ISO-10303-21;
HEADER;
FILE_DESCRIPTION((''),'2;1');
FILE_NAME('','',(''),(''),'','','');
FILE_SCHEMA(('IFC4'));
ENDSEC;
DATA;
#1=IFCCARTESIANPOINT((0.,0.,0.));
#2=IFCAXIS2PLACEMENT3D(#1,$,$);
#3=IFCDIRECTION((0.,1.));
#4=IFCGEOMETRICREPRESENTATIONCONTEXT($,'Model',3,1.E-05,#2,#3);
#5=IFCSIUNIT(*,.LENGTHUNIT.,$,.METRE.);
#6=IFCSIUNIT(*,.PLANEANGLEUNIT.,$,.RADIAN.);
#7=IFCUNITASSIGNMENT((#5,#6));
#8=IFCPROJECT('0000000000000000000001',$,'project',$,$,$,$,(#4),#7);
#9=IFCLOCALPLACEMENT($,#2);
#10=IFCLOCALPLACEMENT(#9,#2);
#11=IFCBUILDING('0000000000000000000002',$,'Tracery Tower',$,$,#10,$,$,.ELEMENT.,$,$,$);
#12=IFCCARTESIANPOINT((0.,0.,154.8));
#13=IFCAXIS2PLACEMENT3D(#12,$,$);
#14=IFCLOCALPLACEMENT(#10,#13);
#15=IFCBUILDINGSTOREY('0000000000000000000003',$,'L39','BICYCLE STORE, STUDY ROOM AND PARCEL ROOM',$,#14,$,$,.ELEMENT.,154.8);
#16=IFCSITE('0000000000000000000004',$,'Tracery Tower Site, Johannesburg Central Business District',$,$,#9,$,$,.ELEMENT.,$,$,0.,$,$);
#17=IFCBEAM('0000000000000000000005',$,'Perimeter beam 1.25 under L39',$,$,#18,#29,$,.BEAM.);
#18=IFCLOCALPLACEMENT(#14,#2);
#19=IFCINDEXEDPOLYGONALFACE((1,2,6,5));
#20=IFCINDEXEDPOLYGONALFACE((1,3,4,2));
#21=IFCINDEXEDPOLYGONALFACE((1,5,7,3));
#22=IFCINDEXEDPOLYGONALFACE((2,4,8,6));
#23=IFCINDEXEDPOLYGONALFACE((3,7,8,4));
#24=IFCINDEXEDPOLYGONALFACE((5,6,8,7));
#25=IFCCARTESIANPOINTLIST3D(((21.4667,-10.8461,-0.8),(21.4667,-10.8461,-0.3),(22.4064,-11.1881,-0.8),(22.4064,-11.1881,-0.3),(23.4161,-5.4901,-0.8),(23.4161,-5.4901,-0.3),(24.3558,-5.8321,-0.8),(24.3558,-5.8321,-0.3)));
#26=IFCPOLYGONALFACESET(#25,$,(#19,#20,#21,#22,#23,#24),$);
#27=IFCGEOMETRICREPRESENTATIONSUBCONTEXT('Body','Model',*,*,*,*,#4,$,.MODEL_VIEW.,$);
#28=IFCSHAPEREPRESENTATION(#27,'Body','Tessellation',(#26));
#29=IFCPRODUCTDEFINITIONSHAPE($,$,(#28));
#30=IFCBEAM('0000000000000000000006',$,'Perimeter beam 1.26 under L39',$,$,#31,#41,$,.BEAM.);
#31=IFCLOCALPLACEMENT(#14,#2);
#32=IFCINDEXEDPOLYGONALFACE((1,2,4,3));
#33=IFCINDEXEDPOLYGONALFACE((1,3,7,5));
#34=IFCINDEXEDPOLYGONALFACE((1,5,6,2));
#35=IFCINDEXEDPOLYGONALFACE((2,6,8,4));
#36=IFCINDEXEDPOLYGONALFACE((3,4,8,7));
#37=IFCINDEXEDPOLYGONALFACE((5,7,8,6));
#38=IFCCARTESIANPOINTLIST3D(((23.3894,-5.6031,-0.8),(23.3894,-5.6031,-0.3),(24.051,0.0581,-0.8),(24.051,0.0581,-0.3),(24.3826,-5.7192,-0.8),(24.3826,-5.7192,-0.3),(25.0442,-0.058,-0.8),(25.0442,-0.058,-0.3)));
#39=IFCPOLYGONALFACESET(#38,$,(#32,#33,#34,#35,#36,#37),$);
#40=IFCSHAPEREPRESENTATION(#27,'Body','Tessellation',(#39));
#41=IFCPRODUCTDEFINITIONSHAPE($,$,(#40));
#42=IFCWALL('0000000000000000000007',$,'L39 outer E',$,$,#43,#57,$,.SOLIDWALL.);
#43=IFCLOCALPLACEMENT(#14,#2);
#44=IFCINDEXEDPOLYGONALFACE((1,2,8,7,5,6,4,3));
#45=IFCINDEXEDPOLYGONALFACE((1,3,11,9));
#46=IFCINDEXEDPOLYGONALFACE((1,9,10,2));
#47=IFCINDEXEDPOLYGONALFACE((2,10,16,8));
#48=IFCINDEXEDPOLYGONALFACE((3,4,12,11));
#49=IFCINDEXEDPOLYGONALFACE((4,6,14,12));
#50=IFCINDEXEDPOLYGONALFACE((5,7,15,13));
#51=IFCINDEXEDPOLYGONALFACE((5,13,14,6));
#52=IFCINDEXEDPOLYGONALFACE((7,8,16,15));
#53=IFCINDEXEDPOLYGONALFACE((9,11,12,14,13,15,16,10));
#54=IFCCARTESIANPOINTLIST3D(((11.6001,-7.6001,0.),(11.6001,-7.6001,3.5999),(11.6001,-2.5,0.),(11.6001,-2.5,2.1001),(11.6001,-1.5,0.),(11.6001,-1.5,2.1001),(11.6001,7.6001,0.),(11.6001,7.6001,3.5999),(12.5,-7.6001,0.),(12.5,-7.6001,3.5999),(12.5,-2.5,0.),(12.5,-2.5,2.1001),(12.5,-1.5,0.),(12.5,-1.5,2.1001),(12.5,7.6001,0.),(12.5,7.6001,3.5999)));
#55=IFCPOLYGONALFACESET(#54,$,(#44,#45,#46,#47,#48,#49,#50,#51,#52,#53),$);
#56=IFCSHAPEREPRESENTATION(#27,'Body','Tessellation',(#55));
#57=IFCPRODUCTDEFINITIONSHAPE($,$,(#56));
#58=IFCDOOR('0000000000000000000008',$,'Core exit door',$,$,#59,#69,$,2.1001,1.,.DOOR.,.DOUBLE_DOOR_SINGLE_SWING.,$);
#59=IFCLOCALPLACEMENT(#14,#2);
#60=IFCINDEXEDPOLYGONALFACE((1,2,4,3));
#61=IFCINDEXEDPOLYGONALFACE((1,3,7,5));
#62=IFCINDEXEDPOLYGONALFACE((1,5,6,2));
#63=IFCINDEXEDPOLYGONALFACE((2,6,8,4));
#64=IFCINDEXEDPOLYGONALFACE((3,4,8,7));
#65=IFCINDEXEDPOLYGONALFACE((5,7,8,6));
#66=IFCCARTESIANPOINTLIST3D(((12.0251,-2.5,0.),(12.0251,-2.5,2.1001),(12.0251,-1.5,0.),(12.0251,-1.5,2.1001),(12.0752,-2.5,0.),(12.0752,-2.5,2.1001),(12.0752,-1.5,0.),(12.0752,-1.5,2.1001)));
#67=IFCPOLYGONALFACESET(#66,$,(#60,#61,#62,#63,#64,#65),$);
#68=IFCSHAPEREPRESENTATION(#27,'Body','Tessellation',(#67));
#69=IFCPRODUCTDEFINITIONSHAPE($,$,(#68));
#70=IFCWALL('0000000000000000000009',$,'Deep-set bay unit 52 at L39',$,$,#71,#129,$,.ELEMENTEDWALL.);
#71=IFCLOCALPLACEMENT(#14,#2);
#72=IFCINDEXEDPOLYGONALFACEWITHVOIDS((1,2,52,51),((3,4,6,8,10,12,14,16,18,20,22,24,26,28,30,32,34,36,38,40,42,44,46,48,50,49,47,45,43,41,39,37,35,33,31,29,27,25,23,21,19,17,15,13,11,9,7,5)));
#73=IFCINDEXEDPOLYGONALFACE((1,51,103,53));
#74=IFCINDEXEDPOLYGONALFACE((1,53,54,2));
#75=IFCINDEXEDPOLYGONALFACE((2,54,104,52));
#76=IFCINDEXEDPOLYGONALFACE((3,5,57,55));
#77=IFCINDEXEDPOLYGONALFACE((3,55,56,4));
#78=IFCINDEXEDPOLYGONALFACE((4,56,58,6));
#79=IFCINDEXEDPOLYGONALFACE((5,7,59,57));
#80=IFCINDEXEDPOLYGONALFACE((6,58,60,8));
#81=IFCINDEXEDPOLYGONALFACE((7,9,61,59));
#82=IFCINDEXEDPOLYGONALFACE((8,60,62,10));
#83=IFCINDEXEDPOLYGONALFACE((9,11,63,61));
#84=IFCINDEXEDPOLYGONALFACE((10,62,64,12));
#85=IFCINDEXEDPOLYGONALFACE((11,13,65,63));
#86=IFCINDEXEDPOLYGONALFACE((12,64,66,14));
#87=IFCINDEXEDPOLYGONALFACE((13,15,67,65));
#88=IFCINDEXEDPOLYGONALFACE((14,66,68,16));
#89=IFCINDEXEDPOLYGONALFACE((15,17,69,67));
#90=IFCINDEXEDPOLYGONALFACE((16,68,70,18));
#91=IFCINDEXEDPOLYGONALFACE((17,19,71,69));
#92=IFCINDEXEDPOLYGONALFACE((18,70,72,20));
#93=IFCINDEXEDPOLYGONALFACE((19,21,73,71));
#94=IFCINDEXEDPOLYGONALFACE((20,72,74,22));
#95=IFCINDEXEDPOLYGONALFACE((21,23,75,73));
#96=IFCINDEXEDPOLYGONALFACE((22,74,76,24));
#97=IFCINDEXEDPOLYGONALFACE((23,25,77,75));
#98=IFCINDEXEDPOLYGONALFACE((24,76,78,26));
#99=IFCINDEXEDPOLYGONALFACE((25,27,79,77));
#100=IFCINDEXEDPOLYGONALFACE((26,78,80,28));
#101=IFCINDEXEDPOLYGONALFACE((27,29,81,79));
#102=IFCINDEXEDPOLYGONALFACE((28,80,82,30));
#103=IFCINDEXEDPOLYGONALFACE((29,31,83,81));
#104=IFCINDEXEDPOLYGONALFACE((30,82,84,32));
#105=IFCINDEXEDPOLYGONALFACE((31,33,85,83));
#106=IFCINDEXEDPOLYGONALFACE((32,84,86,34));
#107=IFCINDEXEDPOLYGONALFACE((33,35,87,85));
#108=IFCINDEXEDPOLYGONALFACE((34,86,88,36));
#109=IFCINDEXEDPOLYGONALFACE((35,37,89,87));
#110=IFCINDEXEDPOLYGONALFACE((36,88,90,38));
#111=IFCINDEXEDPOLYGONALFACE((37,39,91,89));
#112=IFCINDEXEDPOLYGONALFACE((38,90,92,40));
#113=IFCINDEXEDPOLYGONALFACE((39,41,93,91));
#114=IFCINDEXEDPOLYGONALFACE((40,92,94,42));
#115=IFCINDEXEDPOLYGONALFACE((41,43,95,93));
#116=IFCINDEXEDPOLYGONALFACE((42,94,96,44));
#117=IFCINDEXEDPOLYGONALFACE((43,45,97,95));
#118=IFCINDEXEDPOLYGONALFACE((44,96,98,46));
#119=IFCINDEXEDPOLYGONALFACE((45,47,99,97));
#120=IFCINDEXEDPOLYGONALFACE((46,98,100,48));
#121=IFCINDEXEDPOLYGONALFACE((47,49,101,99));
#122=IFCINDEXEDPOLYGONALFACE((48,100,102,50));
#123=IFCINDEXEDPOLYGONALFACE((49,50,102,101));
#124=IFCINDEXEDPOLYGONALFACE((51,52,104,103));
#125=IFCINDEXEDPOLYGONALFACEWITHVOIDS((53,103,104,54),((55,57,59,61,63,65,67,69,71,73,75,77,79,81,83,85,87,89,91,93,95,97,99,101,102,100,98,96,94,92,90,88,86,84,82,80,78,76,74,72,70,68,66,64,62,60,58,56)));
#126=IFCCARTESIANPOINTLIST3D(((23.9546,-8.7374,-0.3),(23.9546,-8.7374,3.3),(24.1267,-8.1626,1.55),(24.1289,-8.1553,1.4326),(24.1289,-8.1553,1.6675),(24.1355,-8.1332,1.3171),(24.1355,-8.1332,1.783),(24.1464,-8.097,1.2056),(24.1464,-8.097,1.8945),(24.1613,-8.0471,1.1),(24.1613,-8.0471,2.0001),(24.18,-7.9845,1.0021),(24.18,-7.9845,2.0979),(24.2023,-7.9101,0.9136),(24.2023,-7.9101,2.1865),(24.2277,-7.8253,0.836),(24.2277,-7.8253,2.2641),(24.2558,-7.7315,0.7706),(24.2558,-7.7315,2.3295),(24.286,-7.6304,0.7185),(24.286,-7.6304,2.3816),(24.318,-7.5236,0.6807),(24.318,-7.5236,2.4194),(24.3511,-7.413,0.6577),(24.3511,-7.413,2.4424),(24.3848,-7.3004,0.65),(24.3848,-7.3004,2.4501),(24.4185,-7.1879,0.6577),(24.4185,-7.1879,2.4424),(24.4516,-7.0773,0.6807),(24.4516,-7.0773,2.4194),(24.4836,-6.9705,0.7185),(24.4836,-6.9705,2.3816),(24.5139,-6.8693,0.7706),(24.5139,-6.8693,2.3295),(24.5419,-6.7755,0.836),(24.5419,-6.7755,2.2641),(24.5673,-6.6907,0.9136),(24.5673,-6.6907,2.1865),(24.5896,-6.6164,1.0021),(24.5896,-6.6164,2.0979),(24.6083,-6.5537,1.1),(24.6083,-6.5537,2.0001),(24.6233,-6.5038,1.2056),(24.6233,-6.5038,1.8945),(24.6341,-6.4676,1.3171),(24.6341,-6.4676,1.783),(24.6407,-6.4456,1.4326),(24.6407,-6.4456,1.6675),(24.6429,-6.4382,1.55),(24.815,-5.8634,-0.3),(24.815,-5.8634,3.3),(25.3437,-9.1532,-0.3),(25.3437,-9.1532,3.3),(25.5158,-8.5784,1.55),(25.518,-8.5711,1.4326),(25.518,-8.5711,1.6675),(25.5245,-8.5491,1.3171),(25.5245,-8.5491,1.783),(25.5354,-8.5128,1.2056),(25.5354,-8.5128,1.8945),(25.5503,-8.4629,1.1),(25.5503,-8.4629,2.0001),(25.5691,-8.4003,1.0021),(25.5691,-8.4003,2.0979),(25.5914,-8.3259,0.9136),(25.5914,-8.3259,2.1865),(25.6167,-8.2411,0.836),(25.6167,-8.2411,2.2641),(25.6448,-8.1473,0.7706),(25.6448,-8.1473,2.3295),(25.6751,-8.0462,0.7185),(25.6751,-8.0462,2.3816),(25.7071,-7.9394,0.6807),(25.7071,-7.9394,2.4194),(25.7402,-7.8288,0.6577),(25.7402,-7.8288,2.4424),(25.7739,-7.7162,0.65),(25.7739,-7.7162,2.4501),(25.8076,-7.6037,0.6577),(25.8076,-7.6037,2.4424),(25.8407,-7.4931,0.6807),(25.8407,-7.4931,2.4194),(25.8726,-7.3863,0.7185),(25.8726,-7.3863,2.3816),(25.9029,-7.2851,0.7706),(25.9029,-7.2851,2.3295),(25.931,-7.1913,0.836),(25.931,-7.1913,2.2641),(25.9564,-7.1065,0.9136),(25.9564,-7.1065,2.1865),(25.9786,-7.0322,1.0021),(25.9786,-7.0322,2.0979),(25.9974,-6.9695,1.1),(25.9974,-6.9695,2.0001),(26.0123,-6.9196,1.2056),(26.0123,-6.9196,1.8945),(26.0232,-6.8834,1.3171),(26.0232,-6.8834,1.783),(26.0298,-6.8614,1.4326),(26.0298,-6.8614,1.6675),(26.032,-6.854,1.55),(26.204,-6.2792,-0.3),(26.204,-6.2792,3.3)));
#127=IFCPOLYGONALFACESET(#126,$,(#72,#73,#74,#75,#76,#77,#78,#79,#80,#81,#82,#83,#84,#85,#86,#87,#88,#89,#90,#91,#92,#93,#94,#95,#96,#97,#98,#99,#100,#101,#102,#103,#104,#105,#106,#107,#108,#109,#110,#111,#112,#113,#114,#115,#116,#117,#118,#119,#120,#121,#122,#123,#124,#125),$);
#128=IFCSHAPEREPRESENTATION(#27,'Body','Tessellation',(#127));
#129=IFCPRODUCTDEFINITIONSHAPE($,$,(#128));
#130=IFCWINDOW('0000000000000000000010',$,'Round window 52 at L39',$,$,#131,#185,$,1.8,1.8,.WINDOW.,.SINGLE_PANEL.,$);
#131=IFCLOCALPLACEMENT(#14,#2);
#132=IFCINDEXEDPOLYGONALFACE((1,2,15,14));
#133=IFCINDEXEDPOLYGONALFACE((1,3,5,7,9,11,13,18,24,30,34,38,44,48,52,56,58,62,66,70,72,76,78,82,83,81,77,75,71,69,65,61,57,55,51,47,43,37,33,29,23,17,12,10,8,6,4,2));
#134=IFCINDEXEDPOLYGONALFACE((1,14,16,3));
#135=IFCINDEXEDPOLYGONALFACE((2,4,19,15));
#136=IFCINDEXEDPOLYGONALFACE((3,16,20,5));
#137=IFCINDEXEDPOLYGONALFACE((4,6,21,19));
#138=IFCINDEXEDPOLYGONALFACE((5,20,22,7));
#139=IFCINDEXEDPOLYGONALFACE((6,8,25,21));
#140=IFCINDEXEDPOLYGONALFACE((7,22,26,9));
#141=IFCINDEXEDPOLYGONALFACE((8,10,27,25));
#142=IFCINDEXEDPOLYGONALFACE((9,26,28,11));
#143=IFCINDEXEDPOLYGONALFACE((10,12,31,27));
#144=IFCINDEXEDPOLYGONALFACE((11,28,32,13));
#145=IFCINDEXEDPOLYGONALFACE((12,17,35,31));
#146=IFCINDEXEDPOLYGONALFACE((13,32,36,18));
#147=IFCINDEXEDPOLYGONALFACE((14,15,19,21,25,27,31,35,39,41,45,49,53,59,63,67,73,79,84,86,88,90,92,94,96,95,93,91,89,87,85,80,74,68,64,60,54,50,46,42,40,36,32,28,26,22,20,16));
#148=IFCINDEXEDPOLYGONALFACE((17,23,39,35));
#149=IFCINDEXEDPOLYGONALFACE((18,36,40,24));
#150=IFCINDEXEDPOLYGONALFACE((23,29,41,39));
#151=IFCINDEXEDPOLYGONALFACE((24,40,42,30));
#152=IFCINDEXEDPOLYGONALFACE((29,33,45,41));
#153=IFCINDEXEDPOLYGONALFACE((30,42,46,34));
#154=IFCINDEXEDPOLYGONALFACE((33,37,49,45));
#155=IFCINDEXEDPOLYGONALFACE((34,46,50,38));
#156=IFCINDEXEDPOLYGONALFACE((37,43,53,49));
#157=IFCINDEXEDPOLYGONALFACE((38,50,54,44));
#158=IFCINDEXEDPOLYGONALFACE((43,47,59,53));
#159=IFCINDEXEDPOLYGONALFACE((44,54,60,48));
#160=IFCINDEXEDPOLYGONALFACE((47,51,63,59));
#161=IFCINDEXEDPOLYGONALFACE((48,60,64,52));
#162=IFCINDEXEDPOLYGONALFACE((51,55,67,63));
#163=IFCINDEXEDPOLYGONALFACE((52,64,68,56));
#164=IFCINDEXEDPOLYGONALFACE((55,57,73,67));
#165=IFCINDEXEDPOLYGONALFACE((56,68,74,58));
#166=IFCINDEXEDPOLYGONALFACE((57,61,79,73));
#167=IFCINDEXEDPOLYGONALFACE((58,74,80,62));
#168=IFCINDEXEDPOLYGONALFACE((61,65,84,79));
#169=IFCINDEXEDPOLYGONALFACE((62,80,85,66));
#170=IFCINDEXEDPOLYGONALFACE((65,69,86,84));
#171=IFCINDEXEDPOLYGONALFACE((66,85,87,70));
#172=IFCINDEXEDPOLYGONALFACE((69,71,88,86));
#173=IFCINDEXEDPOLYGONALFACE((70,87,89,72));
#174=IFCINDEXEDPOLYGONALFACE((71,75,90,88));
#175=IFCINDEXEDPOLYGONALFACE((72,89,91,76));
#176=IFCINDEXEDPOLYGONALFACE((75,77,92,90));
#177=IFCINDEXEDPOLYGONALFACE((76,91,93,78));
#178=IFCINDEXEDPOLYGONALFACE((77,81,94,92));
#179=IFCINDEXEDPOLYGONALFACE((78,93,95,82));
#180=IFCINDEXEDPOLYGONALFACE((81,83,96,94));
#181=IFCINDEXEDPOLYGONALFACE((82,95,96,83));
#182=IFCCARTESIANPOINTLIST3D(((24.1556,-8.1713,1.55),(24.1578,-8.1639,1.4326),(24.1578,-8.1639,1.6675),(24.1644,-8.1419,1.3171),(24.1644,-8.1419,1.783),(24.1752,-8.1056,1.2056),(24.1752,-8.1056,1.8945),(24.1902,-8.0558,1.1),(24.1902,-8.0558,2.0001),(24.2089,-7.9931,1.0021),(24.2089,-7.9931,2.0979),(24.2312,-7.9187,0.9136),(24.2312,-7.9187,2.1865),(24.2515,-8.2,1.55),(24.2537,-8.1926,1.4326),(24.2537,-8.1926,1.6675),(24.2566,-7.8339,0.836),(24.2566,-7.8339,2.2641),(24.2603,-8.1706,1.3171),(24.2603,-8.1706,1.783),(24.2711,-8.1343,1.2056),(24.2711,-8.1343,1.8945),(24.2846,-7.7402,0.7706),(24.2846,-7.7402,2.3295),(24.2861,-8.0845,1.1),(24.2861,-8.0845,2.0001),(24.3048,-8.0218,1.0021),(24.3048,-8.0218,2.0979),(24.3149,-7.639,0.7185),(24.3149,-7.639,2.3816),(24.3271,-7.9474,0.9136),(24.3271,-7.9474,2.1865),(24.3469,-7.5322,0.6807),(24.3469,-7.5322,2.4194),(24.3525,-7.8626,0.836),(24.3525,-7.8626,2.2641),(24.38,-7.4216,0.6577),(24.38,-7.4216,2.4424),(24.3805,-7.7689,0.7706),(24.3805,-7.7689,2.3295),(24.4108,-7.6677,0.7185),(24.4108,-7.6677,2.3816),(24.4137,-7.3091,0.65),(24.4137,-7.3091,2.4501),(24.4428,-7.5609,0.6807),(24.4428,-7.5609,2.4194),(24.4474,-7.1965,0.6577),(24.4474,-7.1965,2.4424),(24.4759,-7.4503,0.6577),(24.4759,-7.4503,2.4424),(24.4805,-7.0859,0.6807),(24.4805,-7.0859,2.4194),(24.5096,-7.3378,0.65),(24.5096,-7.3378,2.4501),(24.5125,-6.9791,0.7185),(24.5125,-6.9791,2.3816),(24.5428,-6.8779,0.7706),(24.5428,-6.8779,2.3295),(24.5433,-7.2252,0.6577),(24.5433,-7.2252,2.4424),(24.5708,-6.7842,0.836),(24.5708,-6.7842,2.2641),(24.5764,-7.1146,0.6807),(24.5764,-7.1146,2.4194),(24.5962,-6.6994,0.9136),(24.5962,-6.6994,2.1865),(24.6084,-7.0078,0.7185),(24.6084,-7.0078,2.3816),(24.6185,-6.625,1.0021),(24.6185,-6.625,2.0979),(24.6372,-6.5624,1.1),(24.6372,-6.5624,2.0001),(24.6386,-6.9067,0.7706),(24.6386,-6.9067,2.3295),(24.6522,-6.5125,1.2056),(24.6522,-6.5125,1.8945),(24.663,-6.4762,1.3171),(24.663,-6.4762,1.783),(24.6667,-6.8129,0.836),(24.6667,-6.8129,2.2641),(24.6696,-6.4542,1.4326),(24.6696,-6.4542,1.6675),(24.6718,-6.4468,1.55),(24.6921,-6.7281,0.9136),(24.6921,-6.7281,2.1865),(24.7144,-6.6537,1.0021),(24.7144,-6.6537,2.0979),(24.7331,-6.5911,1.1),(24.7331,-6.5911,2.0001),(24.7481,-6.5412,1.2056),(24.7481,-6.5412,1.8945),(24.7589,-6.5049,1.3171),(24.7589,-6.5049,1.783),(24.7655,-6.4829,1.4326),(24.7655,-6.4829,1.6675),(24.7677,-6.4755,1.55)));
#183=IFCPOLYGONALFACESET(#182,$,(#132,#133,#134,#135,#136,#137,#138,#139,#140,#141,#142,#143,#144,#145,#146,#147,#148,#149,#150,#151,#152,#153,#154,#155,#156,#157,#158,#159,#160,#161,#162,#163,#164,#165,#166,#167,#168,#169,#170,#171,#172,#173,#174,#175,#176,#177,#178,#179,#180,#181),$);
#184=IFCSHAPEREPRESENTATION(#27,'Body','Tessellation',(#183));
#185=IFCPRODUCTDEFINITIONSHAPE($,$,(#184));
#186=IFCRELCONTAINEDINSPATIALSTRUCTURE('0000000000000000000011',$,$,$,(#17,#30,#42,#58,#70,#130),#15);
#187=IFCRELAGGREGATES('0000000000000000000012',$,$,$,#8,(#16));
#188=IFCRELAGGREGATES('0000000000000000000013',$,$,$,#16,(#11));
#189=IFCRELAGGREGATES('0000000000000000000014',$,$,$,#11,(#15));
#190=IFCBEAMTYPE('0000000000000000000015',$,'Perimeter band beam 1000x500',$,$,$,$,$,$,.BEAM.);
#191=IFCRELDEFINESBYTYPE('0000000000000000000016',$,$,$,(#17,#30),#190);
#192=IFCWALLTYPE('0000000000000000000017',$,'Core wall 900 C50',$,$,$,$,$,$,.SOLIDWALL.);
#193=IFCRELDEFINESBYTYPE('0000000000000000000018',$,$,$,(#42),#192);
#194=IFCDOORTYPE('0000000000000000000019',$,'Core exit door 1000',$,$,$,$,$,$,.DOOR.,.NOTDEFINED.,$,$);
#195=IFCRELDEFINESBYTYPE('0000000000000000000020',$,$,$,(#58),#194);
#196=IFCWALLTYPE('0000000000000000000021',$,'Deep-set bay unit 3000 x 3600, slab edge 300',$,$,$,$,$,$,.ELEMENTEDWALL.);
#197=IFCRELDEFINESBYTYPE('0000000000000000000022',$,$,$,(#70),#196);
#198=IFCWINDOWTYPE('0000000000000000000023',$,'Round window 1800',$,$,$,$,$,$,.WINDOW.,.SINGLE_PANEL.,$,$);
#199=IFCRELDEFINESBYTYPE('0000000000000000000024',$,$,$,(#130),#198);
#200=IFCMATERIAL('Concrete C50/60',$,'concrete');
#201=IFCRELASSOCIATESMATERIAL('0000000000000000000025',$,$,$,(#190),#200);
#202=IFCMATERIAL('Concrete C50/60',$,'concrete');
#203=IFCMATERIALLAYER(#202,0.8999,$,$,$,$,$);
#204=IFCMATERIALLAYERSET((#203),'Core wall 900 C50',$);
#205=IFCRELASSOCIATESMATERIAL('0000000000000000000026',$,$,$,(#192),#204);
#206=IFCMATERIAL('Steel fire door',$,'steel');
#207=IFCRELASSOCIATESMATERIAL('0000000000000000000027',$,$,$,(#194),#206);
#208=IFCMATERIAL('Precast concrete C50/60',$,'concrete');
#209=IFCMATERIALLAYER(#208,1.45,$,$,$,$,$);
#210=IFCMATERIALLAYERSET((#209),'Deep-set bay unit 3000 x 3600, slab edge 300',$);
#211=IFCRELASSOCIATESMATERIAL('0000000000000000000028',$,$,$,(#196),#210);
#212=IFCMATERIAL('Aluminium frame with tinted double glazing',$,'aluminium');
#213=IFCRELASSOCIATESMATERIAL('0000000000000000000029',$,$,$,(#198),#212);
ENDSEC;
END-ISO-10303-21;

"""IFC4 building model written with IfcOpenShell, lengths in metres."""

from ifc_helpers import new_model, si_unit, direction, frame, frame_2d, origin, origin_2d, place, context, subcontext, project, spatial, rectangle, circle, extrude, material, layer, layer_set, material_profile, profile_set, type_object, element, fill, save


model = new_model("IFC4")

# Units and contexts
model_context = context("Model", 3, precision=1e-05, world=origin(), true_north=direction((0.0, 1.0)))
body_context = subcontext(model_context, "Body", "Model", "MODEL_VIEW")
ifc_project = project(units=[si_unit("LENGTHUNIT", "METRE"), si_unit("PLANEANGLEUNIT", "RADIAN")], contexts=[model_context])

# Site, building, storey
site_placement = place(None, origin())
site = spatial("IfcSite", under=ifc_project, at=site_placement, Name="Tracery Tower Site, Johannesburg Central Business District", CompositionType="ELEMENT", RefElevation=0.0)
building_placement = place(site_placement, origin())
building = spatial("IfcBuilding", under=site, at=building_placement, Name="Tracery Tower", CompositionType="ELEMENT")
storey_placement = place(building_placement, frame((0.0, 0.0, 154.8)))
storey = spatial("IfcBuildingStorey", under=building, at=storey_placement, Name="L39", Description="BICYCLE STORE, STUDY ROOM AND PARCEL ROOM", CompositionType="ELEMENT", Elevation=154.8)

# Beams
ifc_material_1 = material(Name="Concrete C50/60", Category="concrete")
ifc_material_profile_1 = material_profile(ifc_material_1, rectangle(XDim=1.0, YDim=0.5, at=origin_2d()), Name="RC 1000x500")
ifc_profile_set_1 = profile_set([ifc_material_profile_1], Name="Concrete C50/60")
beam_type = type_object("IfcBeamType", Name="Perimeter band beam 1000x500", PredefinedType="BEAM", material=ifc_profile_set_1)
for number, where, z_axis, x_axis, name in (
    (1, (21.9365, -11.0171, -0.55), (0.342029, 0.93969, 0.0), (-0.93969, 0.342029, 0.0), "Perimeter beam 1.25 under L39"),
    (2, (23.886, -5.6611, -0.55), (0.116081, 0.99324, 0.0), (-0.99324, 0.116081, 0.0), "Perimeter beam 1.26 under L39"),
):
    element("IfcBeam", number, at=place(storey_placement, frame(where, z_axis=z_axis, x_axis=x_axis)), inside=storey, type_object=beam_type, Name=name, PredefinedType="BEAM", context=body_context, shape_type="SweptSolid", body=[
        extrude(rectangle(XDim=1.0, YDim=0.5, at=origin_2d()), origin(), (0.0, 0.0, 1.0), 5.6997),
    ])

# Wall, opening, door
ifc_material_2 = material(Name="Concrete C50/60", Category="concrete")
ifc_layer_1 = layer(ifc_material_2, 0.8999)
ifc_layer_set_1 = layer_set([ifc_layer_1], Name="Core wall 900 C50")
wall_type_1 = type_object("IfcWallType", Name="Core wall 900 C50", PredefinedType="SOLIDWALL", material=ifc_layer_set_1)
wall_1_placement = place(storey_placement, frame((12.05, -7.6001, 0.0), z_axis=(0.0, 0.0, 1.0), x_axis=(0.0, 1.0, 0.0)))
wall_1 = element("IfcWall", 3, at=wall_1_placement, inside=storey, type_object=wall_type_1, Name="L39 outer E", PredefinedType="SOLIDWALL", context=body_context, shape_type="SweptSolid", body=[
    extrude(rectangle(XDim=15.2002, YDim=0.8999, at=frame_2d((7.6001, 0.0))), origin(), (0.0, 0.0, 1.0), 3.5999),
])
opening_1_placement = place(wall_1_placement, frame((5.1001, 0.0, 0.0)))
opening_1 = element("IfcOpeningElement", 4, at=opening_1_placement, cuts=wall_1, PredefinedType="OPENING", context=body_context, shape_type="SweptSolid", body=[
    extrude(rectangle(XDim=1.0, YDim=2.1001, at=frame_2d((0.5, 1.05))), frame((0.0, 0.45, 0.0), z_axis=(0.0, -1.0, 0.0), x_axis=(1.0, 0.0, 0.0)), (0.0, 0.0, 1.0), 0.8999),
])
ifc_material_3 = material(Name="Steel fire door", Category="steel")
door_type_1 = type_object("IfcDoorType", Name="Core exit door 1000", OperationType="NOTDEFINED", PredefinedType="DOOR", material=ifc_material_3)
door_1_placement = place(opening_1_placement, origin())
door_1 = element("IfcDoor", 5, at=door_1_placement, inside=storey, type_object=door_type_1, Name="Core exit door", OperationType="DOUBLE_DOOR_SINGLE_SWING", OverallHeight=2.1001, OverallWidth=1.0, PredefinedType="DOOR", context=body_context, shape_type="SweptSolid", body=[
    extrude(rectangle(XDim=1.0, YDim=2.1001, at=frame_2d((0.5, 1.05))), frame((0.0, 0.0249, 0.0), z_axis=(0.0, -1.0, 0.0), x_axis=(1.0, 0.0, 0.0)), (0.0, 0.0, 1.0), 0.05),
])
fill(opening_1, door_1)

# Wall, opening, window
ifc_material_4 = material(Name="Precast concrete C50/60", Category="concrete")
ifc_layer_2 = layer(ifc_material_4, 1.45)
ifc_layer_set_2 = layer_set([ifc_layer_2], Name="Deep-set bay unit 3000 x 3600, slab edge 300")
wall_type_2 = type_object("IfcWallType", Name="Deep-set bay unit 3000 x 3600, slab edge 300", PredefinedType="ELEMENTEDWALL", material=ifc_layer_set_2)
wall_2_placement = place(storey_placement, frame((24.6492, -8.9453, -0.3), z_axis=(0.0, 0.0, 1.0), x_axis=(0.28678, 0.957996, 0.0)))
wall_2 = element("IfcWall", 6, at=wall_2_placement, inside=storey, type_object=wall_type_2, Name="Deep-set bay unit 52 at L39", PredefinedType="ELEMENTEDWALL", context=body_context, shape_type="SweptSolid", body=[
    extrude(rectangle(XDim=3.0, YDim=1.45, at=frame_2d((1.5, 0.0))), origin(), (0.0, 0.0, 1.0), 3.6001),
])
opening_2_placement = place(wall_2_placement, frame((1.5, 0.0, 1.8501)))
opening_2 = element("IfcOpeningElement", 7, at=opening_2_placement, cuts=wall_2, PredefinedType="OPENING", context=body_context, shape_type="SweptSolid", body=[
    extrude(circle(Radius=0.9, at=origin_2d()), frame((0.0, 0.7349, 0.0), z_axis=(0.0, -1.0, 0.0), x_axis=(1.0, 0.0, 0.0)), (0.0, 0.0, 1.0), 1.47),
])
ifc_material_5 = material(Name="Aluminium frame with tinted double glazing", Category="aluminium")
window_type = type_object("IfcWindowType", Name="Round window 1800", PartitioningType="SINGLE_PANEL", PredefinedType="WINDOW", material=ifc_material_5)
window_1_placement = place(opening_2_placement, origin())
window_1 = element("IfcWindow", 8, at=window_1_placement, inside=storey, type_object=window_type, Name="Round window 52 at L39", OverallHeight=1.8, OverallWidth=1.8, PartitioningType="SINGLE_PANEL", PredefinedType="WINDOW", context=body_context, shape_type="SweptSolid", body=[
    extrude(circle(Radius=0.9, at=origin_2d()), frame((0.0, 0.6948, 0.0), z_axis=(0.0, -1.0, 0.0), x_axis=(1.0, 0.0, 0.0)), (0.0, 0.0, 1.0), 0.1001),
])
fill(opening_2, window_1)

save(model, "model.ifc")
